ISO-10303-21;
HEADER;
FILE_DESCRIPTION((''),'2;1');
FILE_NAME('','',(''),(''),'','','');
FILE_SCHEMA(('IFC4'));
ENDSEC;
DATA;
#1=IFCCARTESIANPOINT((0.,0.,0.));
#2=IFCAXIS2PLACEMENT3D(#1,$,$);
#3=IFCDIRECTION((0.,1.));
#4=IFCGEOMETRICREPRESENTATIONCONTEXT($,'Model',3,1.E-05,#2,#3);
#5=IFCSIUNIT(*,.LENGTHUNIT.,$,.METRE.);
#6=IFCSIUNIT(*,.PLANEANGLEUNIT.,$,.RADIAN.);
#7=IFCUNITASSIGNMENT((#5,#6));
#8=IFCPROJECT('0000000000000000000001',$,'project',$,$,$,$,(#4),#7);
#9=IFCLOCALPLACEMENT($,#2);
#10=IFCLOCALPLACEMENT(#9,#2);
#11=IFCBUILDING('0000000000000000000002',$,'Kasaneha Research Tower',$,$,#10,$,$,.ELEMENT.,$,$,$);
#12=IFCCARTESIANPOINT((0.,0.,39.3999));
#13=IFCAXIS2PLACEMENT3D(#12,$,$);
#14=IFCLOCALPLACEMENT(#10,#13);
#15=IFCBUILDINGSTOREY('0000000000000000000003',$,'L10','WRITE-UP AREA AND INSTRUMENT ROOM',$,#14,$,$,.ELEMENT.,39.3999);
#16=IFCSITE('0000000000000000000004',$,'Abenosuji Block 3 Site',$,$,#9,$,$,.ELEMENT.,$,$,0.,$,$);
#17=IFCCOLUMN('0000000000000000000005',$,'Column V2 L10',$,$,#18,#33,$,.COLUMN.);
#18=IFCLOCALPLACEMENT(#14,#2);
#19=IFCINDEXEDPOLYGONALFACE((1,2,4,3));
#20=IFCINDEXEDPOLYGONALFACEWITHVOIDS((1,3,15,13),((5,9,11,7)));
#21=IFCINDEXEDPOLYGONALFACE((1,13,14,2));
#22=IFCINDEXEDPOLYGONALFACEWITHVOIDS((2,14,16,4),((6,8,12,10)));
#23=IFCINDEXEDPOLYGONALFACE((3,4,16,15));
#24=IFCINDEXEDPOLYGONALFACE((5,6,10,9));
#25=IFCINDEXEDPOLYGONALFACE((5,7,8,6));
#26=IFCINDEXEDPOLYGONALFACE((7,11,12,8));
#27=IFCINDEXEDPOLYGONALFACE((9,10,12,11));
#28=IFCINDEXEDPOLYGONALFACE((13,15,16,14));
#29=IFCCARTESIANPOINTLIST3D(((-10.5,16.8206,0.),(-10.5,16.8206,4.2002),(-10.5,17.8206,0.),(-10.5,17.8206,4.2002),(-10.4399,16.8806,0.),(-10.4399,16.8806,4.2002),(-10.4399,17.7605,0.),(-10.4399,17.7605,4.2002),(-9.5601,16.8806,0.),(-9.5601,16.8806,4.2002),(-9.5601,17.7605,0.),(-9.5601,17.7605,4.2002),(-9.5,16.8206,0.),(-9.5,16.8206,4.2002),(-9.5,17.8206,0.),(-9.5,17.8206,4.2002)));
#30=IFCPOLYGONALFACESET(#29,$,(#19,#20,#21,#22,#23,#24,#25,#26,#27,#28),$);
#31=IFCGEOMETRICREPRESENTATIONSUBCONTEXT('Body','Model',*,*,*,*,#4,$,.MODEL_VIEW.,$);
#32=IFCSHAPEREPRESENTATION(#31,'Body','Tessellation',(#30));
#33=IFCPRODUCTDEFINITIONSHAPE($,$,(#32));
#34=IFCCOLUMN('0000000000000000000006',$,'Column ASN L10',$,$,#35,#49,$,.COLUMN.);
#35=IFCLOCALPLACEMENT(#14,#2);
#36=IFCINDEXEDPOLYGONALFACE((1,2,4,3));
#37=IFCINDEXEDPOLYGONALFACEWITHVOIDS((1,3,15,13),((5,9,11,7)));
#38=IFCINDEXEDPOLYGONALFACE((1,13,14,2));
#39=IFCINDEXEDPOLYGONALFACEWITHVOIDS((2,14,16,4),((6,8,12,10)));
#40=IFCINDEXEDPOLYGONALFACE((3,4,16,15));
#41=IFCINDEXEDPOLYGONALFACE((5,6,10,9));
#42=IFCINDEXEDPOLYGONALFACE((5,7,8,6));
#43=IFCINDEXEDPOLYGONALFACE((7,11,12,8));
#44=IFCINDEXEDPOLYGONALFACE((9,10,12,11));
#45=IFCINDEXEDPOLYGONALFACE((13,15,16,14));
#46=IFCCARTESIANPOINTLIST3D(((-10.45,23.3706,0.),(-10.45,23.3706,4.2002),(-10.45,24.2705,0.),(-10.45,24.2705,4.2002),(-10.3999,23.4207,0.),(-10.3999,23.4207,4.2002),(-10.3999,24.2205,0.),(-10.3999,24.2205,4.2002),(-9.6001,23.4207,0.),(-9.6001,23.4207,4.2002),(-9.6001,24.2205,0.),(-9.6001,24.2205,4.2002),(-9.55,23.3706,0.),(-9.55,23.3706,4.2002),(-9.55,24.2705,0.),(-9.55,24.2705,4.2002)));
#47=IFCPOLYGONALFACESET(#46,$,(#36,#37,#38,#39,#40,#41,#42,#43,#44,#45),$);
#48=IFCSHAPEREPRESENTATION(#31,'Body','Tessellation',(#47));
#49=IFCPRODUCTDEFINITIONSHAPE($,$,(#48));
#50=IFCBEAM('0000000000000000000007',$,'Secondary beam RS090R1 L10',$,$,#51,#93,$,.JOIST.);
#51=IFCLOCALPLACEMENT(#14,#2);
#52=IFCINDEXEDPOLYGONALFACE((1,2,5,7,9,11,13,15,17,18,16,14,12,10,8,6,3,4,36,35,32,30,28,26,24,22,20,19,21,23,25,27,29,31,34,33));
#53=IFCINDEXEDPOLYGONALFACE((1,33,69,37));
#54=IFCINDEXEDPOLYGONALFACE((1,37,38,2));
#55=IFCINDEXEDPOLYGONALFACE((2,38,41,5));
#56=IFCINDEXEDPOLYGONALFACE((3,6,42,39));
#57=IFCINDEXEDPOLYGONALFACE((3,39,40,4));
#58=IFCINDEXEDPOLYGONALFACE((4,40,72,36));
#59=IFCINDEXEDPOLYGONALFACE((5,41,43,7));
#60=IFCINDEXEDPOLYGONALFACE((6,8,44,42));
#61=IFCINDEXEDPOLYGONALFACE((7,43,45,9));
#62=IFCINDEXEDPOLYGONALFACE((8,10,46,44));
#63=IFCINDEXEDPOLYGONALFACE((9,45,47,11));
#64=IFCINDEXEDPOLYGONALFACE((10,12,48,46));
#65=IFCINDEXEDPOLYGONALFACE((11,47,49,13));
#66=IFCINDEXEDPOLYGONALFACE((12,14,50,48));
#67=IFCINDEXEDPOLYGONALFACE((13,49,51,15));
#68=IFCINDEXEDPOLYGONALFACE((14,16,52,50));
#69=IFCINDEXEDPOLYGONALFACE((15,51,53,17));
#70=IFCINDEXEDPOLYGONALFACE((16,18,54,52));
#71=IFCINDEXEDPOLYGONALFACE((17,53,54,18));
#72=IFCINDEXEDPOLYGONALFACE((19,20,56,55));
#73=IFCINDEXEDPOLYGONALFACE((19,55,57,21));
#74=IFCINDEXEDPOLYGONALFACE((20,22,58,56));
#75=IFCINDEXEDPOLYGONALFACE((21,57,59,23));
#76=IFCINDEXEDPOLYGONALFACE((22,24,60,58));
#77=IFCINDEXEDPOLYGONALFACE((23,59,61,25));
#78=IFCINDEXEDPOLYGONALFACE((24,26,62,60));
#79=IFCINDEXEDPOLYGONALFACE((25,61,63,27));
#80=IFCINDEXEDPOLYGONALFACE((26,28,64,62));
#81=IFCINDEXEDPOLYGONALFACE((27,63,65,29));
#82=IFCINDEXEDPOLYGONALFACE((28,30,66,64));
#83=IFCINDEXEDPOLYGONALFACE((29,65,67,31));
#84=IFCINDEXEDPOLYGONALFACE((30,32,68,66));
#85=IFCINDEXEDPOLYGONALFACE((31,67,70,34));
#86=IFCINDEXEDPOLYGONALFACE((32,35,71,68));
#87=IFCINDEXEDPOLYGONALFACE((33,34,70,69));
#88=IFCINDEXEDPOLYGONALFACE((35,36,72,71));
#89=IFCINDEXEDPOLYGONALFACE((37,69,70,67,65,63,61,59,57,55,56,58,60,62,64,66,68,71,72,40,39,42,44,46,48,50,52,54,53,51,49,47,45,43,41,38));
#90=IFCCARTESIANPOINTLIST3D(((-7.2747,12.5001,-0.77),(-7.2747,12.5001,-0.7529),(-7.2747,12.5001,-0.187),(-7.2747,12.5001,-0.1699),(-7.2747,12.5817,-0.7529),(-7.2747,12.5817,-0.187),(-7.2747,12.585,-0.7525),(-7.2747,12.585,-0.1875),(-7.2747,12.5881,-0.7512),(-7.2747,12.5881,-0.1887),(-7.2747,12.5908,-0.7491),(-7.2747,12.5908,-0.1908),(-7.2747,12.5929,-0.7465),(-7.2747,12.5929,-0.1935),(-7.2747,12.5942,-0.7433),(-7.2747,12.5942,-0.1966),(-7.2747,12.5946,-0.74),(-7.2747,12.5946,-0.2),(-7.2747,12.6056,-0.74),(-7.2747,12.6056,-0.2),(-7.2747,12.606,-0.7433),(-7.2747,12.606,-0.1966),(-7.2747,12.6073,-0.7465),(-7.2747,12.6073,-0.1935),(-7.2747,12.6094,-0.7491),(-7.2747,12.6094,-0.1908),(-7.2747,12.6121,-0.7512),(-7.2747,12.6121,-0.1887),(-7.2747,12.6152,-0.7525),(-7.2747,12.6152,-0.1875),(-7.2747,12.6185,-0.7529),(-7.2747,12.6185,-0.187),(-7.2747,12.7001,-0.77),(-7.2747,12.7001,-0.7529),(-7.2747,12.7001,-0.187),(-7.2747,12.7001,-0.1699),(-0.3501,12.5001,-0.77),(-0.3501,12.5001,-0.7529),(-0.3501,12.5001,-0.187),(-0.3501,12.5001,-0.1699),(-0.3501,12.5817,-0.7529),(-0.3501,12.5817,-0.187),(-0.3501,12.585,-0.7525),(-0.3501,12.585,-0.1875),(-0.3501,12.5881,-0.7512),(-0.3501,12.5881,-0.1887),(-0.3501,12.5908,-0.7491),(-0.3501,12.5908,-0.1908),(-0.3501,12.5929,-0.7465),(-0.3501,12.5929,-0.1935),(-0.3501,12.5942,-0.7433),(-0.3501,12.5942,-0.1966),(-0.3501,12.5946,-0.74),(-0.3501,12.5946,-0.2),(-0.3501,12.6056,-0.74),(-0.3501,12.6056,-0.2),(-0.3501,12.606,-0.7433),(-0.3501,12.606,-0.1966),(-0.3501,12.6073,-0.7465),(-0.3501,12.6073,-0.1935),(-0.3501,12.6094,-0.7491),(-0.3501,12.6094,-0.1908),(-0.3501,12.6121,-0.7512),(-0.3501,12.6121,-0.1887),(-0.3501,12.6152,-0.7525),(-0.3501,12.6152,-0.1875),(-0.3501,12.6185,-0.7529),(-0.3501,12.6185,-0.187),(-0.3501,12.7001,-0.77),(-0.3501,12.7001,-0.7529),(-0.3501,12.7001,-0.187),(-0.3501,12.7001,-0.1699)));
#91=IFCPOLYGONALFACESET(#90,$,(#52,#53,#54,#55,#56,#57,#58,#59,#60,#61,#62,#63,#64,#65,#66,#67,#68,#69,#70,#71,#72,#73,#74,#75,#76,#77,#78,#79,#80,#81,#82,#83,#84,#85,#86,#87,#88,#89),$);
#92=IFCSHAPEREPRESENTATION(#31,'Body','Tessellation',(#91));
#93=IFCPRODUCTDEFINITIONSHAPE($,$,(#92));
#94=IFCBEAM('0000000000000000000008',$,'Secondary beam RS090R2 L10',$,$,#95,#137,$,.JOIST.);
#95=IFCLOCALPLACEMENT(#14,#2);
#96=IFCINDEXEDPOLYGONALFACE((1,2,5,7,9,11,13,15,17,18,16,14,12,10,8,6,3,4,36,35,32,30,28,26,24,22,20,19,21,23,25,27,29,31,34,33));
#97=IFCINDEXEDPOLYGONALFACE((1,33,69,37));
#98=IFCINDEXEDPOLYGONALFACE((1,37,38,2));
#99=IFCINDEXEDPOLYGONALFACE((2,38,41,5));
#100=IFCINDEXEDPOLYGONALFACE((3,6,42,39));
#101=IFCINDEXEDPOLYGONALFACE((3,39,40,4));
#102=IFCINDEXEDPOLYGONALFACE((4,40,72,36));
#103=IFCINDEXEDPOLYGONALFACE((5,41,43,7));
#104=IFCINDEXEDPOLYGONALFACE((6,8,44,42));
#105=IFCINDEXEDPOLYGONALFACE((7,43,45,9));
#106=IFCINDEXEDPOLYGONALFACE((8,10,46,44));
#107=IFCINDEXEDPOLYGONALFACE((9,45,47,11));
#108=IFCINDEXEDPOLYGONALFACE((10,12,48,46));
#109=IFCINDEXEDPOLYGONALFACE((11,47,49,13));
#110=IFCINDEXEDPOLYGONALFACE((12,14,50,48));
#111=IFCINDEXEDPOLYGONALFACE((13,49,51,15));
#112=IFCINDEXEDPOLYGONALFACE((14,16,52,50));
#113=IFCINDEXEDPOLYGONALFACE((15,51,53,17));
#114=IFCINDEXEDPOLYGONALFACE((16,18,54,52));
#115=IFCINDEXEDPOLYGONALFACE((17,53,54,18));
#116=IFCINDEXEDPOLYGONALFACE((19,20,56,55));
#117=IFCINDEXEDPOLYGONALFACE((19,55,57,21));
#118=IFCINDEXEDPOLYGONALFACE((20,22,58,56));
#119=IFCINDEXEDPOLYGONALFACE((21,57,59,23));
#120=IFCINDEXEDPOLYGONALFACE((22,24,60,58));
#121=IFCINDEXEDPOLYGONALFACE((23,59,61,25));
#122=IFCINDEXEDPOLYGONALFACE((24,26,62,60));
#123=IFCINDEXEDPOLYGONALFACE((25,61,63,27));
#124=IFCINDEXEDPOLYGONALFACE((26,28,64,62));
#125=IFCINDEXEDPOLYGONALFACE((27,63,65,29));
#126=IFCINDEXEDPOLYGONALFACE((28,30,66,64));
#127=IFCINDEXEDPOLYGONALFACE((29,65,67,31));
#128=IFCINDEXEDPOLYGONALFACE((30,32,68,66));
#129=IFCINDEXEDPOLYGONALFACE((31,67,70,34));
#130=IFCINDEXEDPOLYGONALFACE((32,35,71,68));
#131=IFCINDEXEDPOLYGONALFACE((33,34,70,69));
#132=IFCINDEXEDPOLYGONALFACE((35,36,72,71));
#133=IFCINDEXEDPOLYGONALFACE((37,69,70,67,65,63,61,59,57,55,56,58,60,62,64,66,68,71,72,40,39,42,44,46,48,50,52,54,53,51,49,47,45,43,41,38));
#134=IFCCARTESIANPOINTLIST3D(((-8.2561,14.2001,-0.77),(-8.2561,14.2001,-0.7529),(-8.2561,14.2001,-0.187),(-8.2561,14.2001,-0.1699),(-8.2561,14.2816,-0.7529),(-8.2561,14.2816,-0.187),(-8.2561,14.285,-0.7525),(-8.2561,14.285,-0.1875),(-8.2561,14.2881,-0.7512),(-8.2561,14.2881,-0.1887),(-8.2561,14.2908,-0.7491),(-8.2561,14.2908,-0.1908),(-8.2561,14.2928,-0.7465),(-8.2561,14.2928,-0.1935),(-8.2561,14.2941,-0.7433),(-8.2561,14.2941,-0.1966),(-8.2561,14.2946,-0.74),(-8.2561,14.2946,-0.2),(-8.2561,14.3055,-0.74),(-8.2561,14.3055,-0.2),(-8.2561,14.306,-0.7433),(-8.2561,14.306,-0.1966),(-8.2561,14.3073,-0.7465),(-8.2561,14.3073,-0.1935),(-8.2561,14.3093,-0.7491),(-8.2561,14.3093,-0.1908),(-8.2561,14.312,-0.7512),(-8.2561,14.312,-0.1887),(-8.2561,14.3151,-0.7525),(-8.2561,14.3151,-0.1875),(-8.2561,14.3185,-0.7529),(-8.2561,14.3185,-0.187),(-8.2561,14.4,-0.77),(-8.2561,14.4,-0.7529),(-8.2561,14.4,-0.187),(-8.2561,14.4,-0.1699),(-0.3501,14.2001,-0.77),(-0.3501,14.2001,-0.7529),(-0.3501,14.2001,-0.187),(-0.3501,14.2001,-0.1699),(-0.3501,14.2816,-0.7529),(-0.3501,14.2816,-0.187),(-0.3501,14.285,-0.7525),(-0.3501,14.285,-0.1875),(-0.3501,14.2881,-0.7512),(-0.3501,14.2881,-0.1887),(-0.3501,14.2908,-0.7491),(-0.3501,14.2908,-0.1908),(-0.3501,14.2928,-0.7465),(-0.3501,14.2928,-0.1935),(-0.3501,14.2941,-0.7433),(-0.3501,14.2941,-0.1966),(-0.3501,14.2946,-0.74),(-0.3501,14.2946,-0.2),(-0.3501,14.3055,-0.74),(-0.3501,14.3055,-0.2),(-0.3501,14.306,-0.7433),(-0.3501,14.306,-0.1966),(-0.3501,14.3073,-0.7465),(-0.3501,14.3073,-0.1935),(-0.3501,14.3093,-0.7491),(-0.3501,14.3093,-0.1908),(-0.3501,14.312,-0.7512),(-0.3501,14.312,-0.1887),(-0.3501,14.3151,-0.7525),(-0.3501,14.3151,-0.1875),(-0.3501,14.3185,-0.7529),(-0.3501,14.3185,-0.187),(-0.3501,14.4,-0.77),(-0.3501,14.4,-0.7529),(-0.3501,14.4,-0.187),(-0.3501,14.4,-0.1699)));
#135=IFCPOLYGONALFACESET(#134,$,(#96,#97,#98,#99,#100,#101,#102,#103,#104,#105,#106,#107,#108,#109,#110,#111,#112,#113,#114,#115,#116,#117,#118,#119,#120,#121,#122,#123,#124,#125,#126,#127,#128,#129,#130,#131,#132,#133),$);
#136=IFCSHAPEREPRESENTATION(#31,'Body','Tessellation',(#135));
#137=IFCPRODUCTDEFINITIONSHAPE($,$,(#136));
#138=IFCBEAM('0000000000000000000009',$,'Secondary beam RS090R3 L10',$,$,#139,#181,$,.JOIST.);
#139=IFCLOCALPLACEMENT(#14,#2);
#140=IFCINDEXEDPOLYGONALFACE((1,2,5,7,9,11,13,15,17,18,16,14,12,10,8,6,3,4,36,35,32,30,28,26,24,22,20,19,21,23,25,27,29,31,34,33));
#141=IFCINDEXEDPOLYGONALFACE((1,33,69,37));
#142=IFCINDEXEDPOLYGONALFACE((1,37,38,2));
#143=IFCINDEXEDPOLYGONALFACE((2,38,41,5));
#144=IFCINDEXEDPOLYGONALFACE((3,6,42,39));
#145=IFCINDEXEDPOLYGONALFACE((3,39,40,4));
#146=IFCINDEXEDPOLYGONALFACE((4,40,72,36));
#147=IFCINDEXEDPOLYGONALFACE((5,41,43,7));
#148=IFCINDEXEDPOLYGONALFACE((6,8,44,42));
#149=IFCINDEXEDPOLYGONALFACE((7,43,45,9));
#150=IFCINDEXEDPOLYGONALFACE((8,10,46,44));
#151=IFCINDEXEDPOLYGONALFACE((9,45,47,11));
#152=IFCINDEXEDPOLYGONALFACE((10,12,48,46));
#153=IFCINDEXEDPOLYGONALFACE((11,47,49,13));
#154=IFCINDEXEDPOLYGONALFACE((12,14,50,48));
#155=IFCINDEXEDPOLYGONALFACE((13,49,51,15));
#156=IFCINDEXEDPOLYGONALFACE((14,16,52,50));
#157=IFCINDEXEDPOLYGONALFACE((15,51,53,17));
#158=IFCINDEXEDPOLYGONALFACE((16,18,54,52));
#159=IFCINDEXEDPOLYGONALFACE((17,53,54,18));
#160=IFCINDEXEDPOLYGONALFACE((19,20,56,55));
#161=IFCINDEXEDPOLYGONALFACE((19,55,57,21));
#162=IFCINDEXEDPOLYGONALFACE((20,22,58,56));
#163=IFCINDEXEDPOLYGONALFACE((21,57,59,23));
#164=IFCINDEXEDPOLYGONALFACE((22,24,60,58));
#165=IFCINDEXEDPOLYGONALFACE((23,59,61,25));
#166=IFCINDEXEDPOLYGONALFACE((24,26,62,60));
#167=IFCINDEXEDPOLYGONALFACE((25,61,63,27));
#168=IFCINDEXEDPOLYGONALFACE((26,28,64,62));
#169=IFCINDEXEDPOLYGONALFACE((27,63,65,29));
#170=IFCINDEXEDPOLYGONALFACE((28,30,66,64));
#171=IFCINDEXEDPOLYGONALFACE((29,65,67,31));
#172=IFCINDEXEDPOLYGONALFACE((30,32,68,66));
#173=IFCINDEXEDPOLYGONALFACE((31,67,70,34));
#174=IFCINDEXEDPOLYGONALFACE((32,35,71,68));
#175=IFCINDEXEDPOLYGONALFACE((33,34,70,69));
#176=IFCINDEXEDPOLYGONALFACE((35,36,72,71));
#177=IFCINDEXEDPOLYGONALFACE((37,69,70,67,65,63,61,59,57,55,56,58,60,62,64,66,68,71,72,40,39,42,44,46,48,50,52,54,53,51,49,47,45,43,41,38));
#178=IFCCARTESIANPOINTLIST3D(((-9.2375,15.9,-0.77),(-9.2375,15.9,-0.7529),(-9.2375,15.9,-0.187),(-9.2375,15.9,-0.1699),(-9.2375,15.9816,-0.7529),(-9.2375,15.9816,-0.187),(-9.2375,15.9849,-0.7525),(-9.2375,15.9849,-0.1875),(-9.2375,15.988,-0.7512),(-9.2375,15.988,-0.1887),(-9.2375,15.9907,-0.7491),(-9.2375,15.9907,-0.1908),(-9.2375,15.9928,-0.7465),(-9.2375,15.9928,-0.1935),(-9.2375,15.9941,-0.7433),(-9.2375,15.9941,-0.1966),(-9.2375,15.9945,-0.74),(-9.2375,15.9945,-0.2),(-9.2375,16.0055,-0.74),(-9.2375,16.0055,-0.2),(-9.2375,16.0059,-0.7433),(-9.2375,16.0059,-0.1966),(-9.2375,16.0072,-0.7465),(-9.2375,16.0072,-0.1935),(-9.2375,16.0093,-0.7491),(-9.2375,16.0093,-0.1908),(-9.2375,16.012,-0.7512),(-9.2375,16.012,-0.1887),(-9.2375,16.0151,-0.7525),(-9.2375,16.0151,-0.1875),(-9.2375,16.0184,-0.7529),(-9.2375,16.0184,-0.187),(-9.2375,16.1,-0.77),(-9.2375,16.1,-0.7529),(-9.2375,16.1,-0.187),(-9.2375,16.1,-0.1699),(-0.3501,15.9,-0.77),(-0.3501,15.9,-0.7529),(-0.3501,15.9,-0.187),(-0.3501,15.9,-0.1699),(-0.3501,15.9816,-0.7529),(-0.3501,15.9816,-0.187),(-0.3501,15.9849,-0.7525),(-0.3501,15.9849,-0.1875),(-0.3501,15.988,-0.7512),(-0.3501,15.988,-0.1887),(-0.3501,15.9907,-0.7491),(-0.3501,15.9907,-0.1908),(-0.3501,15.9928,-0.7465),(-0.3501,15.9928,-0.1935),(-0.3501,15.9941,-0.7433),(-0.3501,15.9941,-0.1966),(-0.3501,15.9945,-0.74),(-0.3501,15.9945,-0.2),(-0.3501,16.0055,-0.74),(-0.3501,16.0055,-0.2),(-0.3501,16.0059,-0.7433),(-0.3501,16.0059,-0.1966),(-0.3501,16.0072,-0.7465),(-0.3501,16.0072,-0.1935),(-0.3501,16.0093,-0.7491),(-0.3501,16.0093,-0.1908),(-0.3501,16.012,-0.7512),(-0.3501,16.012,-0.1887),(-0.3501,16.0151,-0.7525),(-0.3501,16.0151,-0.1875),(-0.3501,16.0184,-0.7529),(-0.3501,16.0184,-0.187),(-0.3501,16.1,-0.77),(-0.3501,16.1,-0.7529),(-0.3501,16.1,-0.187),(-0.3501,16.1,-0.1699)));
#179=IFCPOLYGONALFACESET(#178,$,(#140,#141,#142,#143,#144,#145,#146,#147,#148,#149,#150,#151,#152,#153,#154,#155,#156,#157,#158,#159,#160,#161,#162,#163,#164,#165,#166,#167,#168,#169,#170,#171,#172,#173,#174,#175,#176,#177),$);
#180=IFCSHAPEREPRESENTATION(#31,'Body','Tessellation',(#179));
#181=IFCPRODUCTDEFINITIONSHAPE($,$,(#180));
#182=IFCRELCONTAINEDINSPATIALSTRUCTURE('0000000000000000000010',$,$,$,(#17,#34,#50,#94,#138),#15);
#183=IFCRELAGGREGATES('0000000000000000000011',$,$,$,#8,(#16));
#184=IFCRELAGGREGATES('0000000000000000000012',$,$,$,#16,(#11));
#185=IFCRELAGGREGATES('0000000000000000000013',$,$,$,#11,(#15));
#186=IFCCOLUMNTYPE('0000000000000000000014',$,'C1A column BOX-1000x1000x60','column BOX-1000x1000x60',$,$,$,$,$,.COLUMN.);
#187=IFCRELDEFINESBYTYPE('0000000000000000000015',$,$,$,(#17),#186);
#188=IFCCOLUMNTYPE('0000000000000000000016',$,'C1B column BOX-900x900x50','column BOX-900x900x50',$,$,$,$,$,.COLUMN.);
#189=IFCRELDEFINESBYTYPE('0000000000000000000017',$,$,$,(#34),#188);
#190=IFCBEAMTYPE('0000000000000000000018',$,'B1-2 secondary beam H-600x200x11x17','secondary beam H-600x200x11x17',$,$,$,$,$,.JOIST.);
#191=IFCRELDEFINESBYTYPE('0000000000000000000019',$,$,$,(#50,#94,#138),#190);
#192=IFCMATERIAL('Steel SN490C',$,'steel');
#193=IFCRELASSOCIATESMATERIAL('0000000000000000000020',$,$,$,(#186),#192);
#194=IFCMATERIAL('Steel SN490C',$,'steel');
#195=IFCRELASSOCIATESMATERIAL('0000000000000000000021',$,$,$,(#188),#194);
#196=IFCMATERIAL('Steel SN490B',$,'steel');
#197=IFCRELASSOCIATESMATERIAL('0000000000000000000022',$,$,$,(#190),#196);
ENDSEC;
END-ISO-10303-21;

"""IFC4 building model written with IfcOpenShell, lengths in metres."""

from ifc_helpers import new_model, si_unit, direction, frame, origin, origin_2d, place, context, subcontext, project, spatial, hollow_rectangle, i_section, extrude, material, material_profile, profile_set, type_object, element, save


model = new_model("IFC4")

# Units and contexts
model_context = context("Model", 3, precision=1e-05, world=origin(), true_north=direction((0.0, 1.0)))
body_context = subcontext(model_context, "Body", "Model", "MODEL_VIEW")
ifc_project = project(units=[si_unit("LENGTHUNIT", "METRE"), si_unit("PLANEANGLEUNIT", "RADIAN")], contexts=[model_context])

# Site, building, storey
site_placement = place(None, origin())
site = spatial("IfcSite", under=ifc_project, at=site_placement, Name="Abenosuji Block 3 Site", CompositionType="ELEMENT", RefElevation=0.0)
building_placement = place(site_placement, origin())
building = spatial("IfcBuilding", under=site, at=building_placement, Name="Kasaneha Research Tower", CompositionType="ELEMENT")
storey_placement = place(building_placement, frame((0.0, 0.0, 39.3999)))
storey = spatial("IfcBuildingStorey", under=building, at=storey_placement, Name="L10", Description="WRITE-UP AREA AND INSTRUMENT ROOM", CompositionType="ELEMENT", Elevation=39.3999)

# Columns
ifc_material_1 = material(Name="Steel SN490C", Category="steel")
ifc_material_profile_1 = material_profile(ifc_material_1, hollow_rectangle(XDim=1.0, YDim=1.0, WallThickness=0.0601, at=origin_2d()), Name="BOX-1000x1000x60")
ifc_profile_set_1 = profile_set([ifc_material_profile_1], Name="Steel SN490C")
column_type_1 = type_object("IfcColumnType", Name="C1A column BOX-1000x1000x60", Description="column BOX-1000x1000x60", PredefinedType="COLUMN", material=ifc_profile_set_1)
column_1_placement = place(storey_placement, frame((-10.0, 17.3206, 0.0), z_axis=(0.0, 0.0, 1.0), x_axis=(1.0, 0.0, 0.0)))
element("IfcColumn", 1, at=column_1_placement, inside=storey, type_object=column_type_1, Name="Column V2 L10", PredefinedType="COLUMN", context=body_context, shape_type="SweptSolid", body=[
    extrude(hollow_rectangle(XDim=1.0, YDim=1.0, WallThickness=0.0601, at=origin_2d()), origin(), (0.0, 0.0, 1.0), 4.2002),
])
ifc_material_2 = material(Name="Steel SN490C", Category="steel")
ifc_material_profile_2 = material_profile(ifc_material_2, hollow_rectangle(XDim=0.8999, YDim=0.8999, WallThickness=0.05, at=origin_2d()), Name="BOX-900x900x50")
ifc_profile_set_2 = profile_set([ifc_material_profile_2], Name="Steel SN490C")
column_type_2 = type_object("IfcColumnType", Name="C1B column BOX-900x900x50", Description="column BOX-900x900x50", PredefinedType="COLUMN", material=ifc_profile_set_2)
column_2_placement = place(storey_placement, frame((-10.0, 23.8206, 0.0), z_axis=(0.0, 0.0, 1.0), x_axis=(1.0, 0.0, 0.0)))
element("IfcColumn", 2, at=column_2_placement, inside=storey, type_object=column_type_2, Name="Column ASN L10", PredefinedType="COLUMN", context=body_context, shape_type="SweptSolid", body=[
    extrude(hollow_rectangle(XDim=0.8999, YDim=0.8999, WallThickness=0.05, at=origin_2d()), origin(), (0.0, 0.0, 1.0), 4.2002),
])

# Beams
ifc_material_3 = material(Name="Steel SN490B", Category="steel")
ifc_material_profile_3 = material_profile(ifc_material_3, i_section(OverallWidth=0.2, OverallDepth=0.6001, WebThickness=0.011, FlangeThickness=0.0171, FilletRadius=0.0129, at=origin_2d()), Name="H-600x200x11x17")
ifc_profile_set_3 = profile_set([ifc_material_profile_3], Name="Steel SN490B")
beam_type_1 = type_object("IfcBeamType", Name="B1-2 secondary beam H-600x200x11x17", Description="secondary beam H-600x200x11x17", PredefinedType="JOIST", material=ifc_profile_set_3)
beam_1_placement = place(storey_placement, frame((-7.2747, 12.6001, -0.47), z_axis=(1.0, 0.0, 0.0), x_axis=(0.0, 1.0, 0.0)))
element("IfcBeam", 3, at=beam_1_placement, inside=storey, type_object=beam_type_1, Name="Secondary beam RS090R1 L10", PredefinedType="JOIST", context=body_context, shape_type="SweptSolid", body=[
    extrude(i_section(OverallWidth=0.2, OverallDepth=0.6001, WebThickness=0.011, FlangeThickness=0.0171, FilletRadius=0.0129, at=origin_2d()), origin(), (0.0, 0.0, 1.0), 6.9246),
])
beam_2_placement = place(storey_placement, frame((-8.2561, 14.3, -0.47), z_axis=(1.0, 0.0, 0.0), x_axis=(0.0, 1.0, 0.0)))
element("IfcBeam", 4, at=beam_2_placement, inside=storey, type_object=beam_type_1, Name="Secondary beam RS090R2 L10", PredefinedType="JOIST", context=body_context, shape_type="SweptSolid", body=[
    extrude(i_section(OverallWidth=0.2, OverallDepth=0.6001, WebThickness=0.011, FlangeThickness=0.0171, FilletRadius=0.0129, at=origin_2d()), origin(), (0.0, 0.0, 1.0), 7.906),
])
beam_3_placement = place(storey_placement, frame((-9.2375, 16.0, -0.47), z_axis=(1.0, 0.0, 0.0), x_axis=(0.0, 1.0, 0.0)))
element("IfcBeam", 5, at=beam_3_placement, inside=storey, type_object=beam_type_1, Name="Secondary beam RS090R3 L10", PredefinedType="JOIST", context=body_context, shape_type="SweptSolid", body=[
    extrude(i_section(OverallWidth=0.2, OverallDepth=0.6001, WebThickness=0.011, FlangeThickness=0.0171, FilletRadius=0.0129, at=origin_2d()), origin(), (0.0, 0.0, 1.0), 8.8875),
])

save(model, "model.ifc")
